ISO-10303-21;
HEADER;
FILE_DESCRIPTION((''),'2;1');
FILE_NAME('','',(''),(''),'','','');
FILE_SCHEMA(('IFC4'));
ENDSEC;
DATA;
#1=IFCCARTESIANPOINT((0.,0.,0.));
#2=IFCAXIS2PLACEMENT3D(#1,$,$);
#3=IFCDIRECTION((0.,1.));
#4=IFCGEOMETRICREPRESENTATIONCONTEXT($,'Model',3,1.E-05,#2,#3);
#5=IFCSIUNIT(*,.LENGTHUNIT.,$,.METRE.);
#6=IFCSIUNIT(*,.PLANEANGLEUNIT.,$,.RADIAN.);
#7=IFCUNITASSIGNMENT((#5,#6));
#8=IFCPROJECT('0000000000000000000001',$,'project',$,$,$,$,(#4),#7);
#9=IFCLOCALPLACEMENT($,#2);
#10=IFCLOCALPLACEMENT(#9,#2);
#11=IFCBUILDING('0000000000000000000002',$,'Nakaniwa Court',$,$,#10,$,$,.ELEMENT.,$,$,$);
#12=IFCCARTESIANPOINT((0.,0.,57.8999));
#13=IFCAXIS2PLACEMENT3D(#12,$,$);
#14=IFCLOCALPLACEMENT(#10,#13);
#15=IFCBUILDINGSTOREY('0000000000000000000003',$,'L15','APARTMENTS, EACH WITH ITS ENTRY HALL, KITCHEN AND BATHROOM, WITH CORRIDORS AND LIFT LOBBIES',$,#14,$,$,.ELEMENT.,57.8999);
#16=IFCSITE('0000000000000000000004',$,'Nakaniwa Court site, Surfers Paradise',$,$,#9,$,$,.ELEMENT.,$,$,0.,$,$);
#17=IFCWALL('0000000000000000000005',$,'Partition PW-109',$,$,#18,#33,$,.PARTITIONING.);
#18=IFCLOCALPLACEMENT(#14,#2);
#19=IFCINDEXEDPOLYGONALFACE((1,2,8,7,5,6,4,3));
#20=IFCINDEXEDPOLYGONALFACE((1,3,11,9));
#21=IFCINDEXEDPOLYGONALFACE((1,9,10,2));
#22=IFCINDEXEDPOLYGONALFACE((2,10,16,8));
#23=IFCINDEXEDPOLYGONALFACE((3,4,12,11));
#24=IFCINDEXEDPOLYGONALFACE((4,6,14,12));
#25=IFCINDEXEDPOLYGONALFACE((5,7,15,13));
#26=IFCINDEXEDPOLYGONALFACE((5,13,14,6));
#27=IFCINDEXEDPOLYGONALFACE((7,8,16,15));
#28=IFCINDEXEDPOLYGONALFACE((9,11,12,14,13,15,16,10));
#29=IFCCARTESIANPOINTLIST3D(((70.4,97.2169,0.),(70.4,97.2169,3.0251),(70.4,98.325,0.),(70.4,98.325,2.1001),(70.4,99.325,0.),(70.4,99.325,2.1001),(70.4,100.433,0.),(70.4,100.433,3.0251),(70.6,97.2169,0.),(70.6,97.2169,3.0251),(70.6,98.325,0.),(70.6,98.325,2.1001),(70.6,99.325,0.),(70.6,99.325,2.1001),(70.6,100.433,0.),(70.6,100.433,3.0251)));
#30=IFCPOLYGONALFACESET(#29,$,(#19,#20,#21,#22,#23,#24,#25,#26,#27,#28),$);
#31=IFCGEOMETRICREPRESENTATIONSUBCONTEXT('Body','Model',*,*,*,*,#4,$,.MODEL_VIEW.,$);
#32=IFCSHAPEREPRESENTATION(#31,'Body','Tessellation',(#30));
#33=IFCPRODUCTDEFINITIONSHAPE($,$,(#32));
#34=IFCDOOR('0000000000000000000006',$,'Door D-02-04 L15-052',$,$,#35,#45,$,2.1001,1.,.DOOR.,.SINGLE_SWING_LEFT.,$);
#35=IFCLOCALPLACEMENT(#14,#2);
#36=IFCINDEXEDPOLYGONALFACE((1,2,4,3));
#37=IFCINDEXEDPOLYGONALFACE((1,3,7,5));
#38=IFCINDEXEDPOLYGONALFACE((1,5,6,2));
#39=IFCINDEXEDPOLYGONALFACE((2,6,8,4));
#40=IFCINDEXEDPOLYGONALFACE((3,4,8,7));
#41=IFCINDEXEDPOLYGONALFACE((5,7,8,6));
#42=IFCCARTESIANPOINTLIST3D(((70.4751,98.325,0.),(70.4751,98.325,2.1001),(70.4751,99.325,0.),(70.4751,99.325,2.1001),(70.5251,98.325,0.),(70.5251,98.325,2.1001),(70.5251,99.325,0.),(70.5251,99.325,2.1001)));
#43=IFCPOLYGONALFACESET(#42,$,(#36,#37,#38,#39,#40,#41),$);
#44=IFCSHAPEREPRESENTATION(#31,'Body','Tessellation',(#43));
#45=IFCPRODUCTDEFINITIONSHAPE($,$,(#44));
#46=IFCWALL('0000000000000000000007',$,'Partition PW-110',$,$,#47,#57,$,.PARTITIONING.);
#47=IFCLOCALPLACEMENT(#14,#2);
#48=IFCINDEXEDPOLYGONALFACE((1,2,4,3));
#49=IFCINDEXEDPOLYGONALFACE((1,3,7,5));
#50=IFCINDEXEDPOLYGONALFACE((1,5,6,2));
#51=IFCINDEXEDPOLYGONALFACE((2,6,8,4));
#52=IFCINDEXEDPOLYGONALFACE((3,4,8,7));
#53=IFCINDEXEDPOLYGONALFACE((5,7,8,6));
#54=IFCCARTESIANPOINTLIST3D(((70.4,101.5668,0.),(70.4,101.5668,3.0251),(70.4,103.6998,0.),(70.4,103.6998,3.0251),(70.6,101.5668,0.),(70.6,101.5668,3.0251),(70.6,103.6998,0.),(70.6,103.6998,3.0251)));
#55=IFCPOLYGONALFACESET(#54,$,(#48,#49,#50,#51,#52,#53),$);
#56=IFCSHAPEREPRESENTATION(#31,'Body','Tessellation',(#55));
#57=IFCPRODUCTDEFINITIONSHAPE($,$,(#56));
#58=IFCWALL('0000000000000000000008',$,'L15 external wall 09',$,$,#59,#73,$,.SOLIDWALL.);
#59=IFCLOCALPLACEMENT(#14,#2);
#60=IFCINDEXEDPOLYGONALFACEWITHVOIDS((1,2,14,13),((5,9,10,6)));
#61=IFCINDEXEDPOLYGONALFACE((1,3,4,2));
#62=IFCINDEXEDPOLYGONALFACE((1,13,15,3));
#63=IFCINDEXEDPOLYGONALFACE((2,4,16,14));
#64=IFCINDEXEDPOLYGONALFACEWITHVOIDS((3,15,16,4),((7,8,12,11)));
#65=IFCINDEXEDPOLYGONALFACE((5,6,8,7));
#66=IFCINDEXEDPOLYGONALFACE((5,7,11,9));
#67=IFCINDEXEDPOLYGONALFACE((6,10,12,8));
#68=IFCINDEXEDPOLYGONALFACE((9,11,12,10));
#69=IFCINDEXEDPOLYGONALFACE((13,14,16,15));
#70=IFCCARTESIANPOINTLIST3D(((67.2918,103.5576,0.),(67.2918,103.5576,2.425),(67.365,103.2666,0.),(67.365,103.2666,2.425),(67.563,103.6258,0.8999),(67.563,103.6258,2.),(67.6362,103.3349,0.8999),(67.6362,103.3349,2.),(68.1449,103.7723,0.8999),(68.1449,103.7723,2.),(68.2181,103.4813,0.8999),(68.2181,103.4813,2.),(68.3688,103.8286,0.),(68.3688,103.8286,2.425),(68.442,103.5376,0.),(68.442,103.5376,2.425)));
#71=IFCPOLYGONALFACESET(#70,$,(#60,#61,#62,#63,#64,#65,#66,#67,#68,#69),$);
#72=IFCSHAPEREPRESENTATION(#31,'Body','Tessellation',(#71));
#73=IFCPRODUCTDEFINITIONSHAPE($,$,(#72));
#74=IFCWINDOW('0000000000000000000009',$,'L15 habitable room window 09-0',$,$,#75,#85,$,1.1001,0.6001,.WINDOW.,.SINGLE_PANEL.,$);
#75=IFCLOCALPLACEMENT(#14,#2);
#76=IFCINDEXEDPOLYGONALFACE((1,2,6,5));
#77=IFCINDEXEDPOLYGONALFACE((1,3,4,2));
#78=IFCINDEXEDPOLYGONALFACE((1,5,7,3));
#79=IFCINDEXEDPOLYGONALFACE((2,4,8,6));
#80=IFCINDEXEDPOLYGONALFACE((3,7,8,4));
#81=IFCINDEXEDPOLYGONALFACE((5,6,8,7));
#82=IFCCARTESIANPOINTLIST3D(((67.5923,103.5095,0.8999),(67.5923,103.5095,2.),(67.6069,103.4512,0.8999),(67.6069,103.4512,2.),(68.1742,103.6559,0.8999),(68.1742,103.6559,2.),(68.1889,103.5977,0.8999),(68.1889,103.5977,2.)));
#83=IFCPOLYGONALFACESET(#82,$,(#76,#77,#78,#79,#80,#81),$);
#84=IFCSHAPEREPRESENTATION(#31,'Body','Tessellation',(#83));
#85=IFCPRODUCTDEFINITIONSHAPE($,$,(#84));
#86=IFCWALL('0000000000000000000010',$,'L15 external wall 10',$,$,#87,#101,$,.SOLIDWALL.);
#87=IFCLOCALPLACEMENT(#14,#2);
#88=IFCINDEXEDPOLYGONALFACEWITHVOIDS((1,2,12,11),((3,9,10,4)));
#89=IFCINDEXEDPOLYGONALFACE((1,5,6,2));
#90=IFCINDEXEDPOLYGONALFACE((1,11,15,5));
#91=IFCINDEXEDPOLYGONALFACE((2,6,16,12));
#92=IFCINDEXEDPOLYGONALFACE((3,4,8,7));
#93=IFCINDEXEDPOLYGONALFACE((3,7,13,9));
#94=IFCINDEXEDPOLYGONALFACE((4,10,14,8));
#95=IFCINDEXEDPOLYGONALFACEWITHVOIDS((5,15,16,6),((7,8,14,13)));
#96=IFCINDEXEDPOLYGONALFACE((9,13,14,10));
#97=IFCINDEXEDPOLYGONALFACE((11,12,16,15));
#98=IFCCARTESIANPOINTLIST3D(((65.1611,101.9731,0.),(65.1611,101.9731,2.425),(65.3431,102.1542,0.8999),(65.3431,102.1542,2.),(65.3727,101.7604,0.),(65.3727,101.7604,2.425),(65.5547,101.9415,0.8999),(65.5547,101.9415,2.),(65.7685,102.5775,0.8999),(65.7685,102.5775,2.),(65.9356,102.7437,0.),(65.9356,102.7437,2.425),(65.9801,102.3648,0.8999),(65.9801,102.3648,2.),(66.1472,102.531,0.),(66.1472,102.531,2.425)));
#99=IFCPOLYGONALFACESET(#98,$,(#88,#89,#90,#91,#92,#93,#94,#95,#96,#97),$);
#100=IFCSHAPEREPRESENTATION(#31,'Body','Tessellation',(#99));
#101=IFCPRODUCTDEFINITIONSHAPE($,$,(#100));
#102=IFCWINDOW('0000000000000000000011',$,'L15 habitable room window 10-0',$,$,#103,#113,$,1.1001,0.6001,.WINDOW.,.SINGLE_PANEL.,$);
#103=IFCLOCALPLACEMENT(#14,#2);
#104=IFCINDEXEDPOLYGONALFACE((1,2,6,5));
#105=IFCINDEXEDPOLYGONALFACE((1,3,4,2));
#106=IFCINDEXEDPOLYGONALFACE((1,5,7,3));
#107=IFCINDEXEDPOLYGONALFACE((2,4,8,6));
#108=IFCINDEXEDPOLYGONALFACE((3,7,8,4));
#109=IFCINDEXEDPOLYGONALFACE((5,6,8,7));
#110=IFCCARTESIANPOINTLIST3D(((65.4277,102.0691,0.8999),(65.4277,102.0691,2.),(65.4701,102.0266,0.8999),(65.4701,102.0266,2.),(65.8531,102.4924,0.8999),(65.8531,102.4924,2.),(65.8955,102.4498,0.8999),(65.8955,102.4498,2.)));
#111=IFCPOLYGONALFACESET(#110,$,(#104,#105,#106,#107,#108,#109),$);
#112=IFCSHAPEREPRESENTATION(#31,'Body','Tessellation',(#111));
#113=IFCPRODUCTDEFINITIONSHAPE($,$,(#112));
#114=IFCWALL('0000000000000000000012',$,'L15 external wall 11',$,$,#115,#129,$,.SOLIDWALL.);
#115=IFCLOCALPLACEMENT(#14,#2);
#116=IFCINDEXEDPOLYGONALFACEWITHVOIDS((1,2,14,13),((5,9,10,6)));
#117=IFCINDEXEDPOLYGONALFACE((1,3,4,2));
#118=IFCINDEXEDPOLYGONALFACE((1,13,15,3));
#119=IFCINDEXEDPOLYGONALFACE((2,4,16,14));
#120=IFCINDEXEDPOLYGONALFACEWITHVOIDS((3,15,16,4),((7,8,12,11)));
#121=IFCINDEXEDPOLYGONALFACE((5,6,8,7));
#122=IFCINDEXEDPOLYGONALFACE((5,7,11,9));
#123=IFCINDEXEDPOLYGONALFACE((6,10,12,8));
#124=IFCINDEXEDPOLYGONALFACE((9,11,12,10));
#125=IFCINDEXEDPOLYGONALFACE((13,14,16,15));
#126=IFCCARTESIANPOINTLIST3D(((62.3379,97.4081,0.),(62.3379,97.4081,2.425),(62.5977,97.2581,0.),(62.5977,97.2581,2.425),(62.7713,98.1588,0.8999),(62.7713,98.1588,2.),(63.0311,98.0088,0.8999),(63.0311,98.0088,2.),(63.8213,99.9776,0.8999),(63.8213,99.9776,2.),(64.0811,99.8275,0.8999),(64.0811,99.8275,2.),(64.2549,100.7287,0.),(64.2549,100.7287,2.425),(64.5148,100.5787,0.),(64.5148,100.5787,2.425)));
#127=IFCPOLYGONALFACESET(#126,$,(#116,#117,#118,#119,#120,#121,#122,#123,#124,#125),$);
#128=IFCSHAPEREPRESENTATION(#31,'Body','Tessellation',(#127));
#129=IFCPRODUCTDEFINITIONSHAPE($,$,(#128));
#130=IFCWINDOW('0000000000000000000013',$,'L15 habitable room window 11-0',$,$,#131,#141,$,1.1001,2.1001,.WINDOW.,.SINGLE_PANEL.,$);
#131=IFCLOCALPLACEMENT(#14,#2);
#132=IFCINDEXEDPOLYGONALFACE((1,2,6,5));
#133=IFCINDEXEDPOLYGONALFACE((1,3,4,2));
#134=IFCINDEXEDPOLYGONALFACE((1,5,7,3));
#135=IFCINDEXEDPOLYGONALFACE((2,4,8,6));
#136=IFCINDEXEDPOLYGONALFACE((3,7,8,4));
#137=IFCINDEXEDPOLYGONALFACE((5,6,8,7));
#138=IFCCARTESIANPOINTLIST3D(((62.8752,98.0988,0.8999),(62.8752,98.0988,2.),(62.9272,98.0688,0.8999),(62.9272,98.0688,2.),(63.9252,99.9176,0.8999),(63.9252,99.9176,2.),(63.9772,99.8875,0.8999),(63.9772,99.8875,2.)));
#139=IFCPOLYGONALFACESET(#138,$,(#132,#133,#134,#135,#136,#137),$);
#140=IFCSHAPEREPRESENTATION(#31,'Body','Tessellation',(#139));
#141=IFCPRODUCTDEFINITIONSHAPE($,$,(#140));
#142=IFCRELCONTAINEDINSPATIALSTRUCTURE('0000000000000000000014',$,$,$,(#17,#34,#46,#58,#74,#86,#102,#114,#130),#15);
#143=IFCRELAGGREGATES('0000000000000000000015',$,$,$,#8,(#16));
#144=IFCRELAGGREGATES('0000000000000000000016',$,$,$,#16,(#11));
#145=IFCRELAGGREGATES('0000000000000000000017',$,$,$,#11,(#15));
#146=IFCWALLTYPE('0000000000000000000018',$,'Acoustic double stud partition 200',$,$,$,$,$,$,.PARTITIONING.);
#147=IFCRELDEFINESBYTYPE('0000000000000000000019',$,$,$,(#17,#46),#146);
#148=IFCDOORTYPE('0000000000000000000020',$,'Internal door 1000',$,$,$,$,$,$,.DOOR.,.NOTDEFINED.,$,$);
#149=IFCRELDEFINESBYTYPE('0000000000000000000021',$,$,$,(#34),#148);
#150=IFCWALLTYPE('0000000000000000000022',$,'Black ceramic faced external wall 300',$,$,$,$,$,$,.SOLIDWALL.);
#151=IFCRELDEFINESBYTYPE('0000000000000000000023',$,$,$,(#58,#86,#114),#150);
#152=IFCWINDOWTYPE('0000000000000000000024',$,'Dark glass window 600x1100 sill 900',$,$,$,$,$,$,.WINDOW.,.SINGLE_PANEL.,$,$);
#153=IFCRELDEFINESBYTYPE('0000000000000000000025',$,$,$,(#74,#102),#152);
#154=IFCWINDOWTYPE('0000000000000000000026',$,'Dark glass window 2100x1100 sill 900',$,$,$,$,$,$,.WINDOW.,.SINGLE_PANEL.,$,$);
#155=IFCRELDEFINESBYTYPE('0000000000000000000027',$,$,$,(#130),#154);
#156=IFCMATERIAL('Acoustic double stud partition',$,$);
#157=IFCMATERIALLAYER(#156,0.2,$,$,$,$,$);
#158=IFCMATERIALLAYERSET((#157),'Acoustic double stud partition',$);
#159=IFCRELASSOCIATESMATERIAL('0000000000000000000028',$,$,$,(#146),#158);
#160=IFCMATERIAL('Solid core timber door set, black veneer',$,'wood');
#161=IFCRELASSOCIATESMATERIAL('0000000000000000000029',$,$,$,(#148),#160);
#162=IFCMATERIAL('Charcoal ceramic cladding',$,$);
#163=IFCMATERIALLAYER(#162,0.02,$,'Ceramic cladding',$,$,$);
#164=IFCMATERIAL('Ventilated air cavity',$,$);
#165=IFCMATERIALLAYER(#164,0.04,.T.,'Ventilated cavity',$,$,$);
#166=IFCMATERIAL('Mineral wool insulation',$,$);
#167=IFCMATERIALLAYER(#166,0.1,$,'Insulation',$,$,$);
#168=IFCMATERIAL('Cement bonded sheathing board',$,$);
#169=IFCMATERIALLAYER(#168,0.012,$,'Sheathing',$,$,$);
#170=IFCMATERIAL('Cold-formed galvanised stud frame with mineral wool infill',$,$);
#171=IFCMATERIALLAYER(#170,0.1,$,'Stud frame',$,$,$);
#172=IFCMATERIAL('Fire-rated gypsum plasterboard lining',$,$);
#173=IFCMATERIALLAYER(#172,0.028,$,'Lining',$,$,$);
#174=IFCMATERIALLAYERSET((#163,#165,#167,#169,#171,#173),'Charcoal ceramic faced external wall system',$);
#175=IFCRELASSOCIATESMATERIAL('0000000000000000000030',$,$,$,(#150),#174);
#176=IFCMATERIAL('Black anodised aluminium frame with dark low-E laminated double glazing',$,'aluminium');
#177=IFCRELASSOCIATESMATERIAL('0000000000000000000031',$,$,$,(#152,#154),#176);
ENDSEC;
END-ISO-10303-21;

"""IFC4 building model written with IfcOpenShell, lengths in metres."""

from ifc_helpers import new_model, si_unit, direction, frame, frame_2d, origin, place, context, subcontext, project, spatial, rectangle, extrude, material, layer, layer_set, type_object, element, fill, save


model = new_model("IFC4")

# Units and contexts
model_context = context("Model", 3, precision=1e-05, world=origin(), true_north=direction((0.0, 1.0)))
body_context = subcontext(model_context, "Body", "Model", "MODEL_VIEW")
ifc_project = project(units=[si_unit("LENGTHUNIT", "METRE"), si_unit("PLANEANGLEUNIT", "RADIAN")], contexts=[model_context])

# Site, building, storey
site_placement = place(None, origin())
site = spatial("IfcSite", under=ifc_project, at=site_placement, Name="Nakaniwa Court site, Surfers Paradise", CompositionType="ELEMENT", RefElevation=0.0)
building_placement = place(site_placement, origin())
building = spatial("IfcBuilding", under=site, at=building_placement, Name="Nakaniwa Court", CompositionType="ELEMENT")
storey_placement = place(building_placement, frame((0.0, 0.0, 57.8999)))
storey = spatial("IfcBuildingStorey", under=building, at=storey_placement, Name="L15", Description="APARTMENTS, EACH WITH ITS ENTRY HALL, KITCHEN AND BATHROOM, WITH CORRIDORS AND LIFT LOBBIES", CompositionType="ELEMENT", Elevation=57.8999)

# Shared definitions
ifc_material_1 = material(Name="Acoustic double stud partition")
ifc_layer_1 = layer(ifc_material_1, 0.2)
ifc_layer_set_1 = layer_set([ifc_layer_1], Name="Acoustic double stud partition")
wall_type_1 = type_object("IfcWallType", Name="Acoustic double stud partition 200", PredefinedType="PARTITIONING", material=ifc_layer_set_1)

# Wall, opening, door
wall_1_placement = place(storey_placement, frame((70.5, 97.217, 0.0), z_axis=(0.0, 0.0, 1.0), x_axis=(0.0, 1.0, 0.0)))
wall_1 = element("IfcWall", 1, at=wall_1_placement, inside=storey, type_object=wall_type_1, Name="Partition PW-109", PredefinedType="PARTITIONING", context=body_context, shape_type="SweptSolid", body=[
    extrude(rectangle(XDim=3.2161, YDim=0.2, at=frame_2d((1.6079, 0.0))), origin(), (0.0, 0.0, 1.0), 3.0251),
])
opening_1_placement = place(wall_1_placement, frame((1.1079, 0.0, 0.0)))
opening_1 = element("IfcOpeningElement", 2, at=opening_1_placement, cuts=wall_1, PredefinedType="OPENING", context=body_context, shape_type="SweptSolid", body=[
    extrude(rectangle(XDim=1.0, YDim=2.1001, at=frame_2d((0.5, 1.05))), frame((0.0, 0.1099, 0.0), z_axis=(0.0, -1.0, 0.0), x_axis=(1.0, 0.0, 0.0)), (0.0, 0.0, 1.0), 0.22),
])
ifc_material_2 = material(Name="Solid core timber door set, black veneer", Category="wood")
door_type = type_object("IfcDoorType", Name="Internal door 1000", OperationType="NOTDEFINED", PredefinedType="DOOR", material=ifc_material_2)
door_placement = place(opening_1_placement, origin())
door = element("IfcDoor", 3, at=door_placement, inside=storey, type_object=door_type, Name="Door D-02-04 L15-052", OperationType="SINGLE_SWING_LEFT", OverallHeight=2.1001, OverallWidth=1.0, PredefinedType="DOOR", context=body_context, shape_type="SweptSolid", body=[
    extrude(rectangle(XDim=1.0, YDim=2.1001, at=frame_2d((0.5, 1.05))), frame((0.0, 0.0249, 0.0), z_axis=(0.0, -1.0, 0.0), x_axis=(1.0, 0.0, 0.0)), (0.0, 0.0, 1.0), 0.05),
])
fill(opening_1, door)

# Wall
wall_2_placement = place(storey_placement, frame((70.5, 101.5669, 0.0), z_axis=(0.0, 0.0, 1.0), x_axis=(0.0, 1.0, 0.0)))
element("IfcWall", 4, at=wall_2_placement, inside=storey, type_object=wall_type_1, Name="Partition PW-110", PredefinedType="PARTITIONING", context=body_context, shape_type="SweptSolid", body=[
    extrude(rectangle(XDim=2.1331, YDim=0.2, at=frame_2d((1.0664, 0.0))), origin(), (0.0, 0.0, 1.0), 3.0251),
])

# Walls, openings, windows
ifc_material_3 = material(Name="Charcoal ceramic cladding")
ifc_layer_2 = layer(ifc_material_3, 0.02, Name="Ceramic cladding")
ifc_material_4 = material(Name="Ventilated air cavity")
ifc_layer_3 = layer(ifc_material_4, 0.04, ventilated=True, Name="Ventilated cavity")
ifc_material_5 = material(Name="Mineral wool insulation")
ifc_layer_4 = layer(ifc_material_5, 0.1, Name="Insulation")
ifc_material_6 = material(Name="Cement bonded sheathing board")
ifc_layer_5 = layer(ifc_material_6, 0.012, Name="Sheathing")
ifc_material_7 = material(Name="Cold-formed galvanised stud frame with mineral wool infill")
ifc_layer_6 = layer(ifc_material_7, 0.1, Name="Stud frame")
ifc_material_8 = material(Name="Fire-rated gypsum plasterboard lining")
ifc_layer_7 = layer(ifc_material_8, 0.028, Name="Lining")
ifc_layer_set_2 = layer_set([ifc_layer_2, ifc_layer_3, ifc_layer_4, ifc_layer_5, ifc_layer_6, ifc_layer_7], Name="Charcoal ceramic faced external wall system")
wall_type_2 = type_object("IfcWallType", Name="Black ceramic faced external wall 300", PredefinedType="SOLIDWALL", material=ifc_layer_set_2)
wall_3_placement = place(storey_placement, frame((68.4053, 103.6831, 0.0), z_axis=(0.0, 0.0, 1.0), x_axis=(-0.969766, -0.244036, 0.0)))
wall_3 = element("IfcWall", 5, at=wall_3_placement, inside=storey, type_object=wall_type_2, Name="L15 external wall 09", PredefinedType="SOLIDWALL", context=body_context, shape_type="SweptSolid", body=[
    extrude(rectangle(XDim=1.1106, YDim=0.3, at=frame_2d((0.5552, 0.0))), origin(), (0.0, 0.0, 1.0), 2.425),
])
opening_2_placement = place(wall_3_placement, frame((0.2307, 0.0, 0.8999)))
opening_2 = element("IfcOpeningElement", 6, at=opening_2_placement, cuts=wall_3, PredefinedType="OPENING", context=body_context, shape_type="SweptSolid", body=[
    extrude(rectangle(XDim=0.6001, YDim=1.1001, at=frame_2d((0.3, 0.55))), frame((0.0, 0.1599, 0.0), z_axis=(0.0, -1.0, 0.0), x_axis=(1.0, 0.0, 0.0)), (0.0, 0.0, 1.0), 0.3201),
])
ifc_material_9 = material(Name="Black anodised aluminium frame with dark low-E laminated double glazing", Category="aluminium")
window_type_1 = type_object("IfcWindowType", Name="Dark glass window 600x1100 sill 900", PartitioningType="SINGLE_PANEL", PredefinedType="WINDOW", material=ifc_material_9)
window_1_placement = place(opening_2_placement, origin())
window_1 = element("IfcWindow", 7, at=window_1_placement, inside=storey, type_object=window_type_1, Name="L15 habitable room window 09-0", OverallHeight=1.1001, OverallWidth=0.6001, PartitioningType="SINGLE_PANEL", PredefinedType="WINDOW", context=body_context, shape_type="SweptSolid", body=[
    extrude(rectangle(XDim=0.6001, YDim=1.1001, at=frame_2d((0.3, 0.55))), frame((0.0, 0.03, 0.0), z_axis=(0.0, -1.0, 0.0), x_axis=(1.0, 0.0, 0.0)), (0.0, 0.0, 1.0), 0.0601),
])
fill(opening_2, window_1)
wall_4_placement = place(storey_placement, frame((66.0415, 102.6375, 0.0), z_axis=(0.0, 0.0, 1.0), x_axis=(-0.708892, -0.705317, 0.0)))
wall_4 = element("IfcWall", 8, at=wall_4_placement, inside=storey, type_object=wall_type_2, Name="L15 external wall 10", PredefinedType="SOLIDWALL", context=body_context, shape_type="SweptSolid", body=[
    extrude(rectangle(XDim=1.0925, YDim=0.3, at=frame_2d((0.5464, 0.0))), origin(), (0.0, 0.0, 1.0), 2.425),
])
opening_3_placement = place(wall_4_placement, frame((0.2358, 0.0, 0.8999)))
opening_3 = element("IfcOpeningElement", 9, at=opening_3_placement, cuts=wall_4, PredefinedType="OPENING", context=body_context, shape_type="SweptSolid", body=[
    extrude(rectangle(XDim=0.6001, YDim=1.1001, at=frame_2d((0.3, 0.55))), frame((0.0, 0.1599, 0.0), z_axis=(0.0, -1.0, 0.0), x_axis=(1.0, 0.0, 0.0)), (0.0, 0.0, 1.0), 0.3201),
])
window_2_placement = place(opening_3_placement, origin())
window_2 = element("IfcWindow", 10, at=window_2_placement, inside=storey, type_object=window_type_1, Name="L15 habitable room window 10-0", OverallHeight=1.1001, OverallWidth=0.6001, PartitioningType="SINGLE_PANEL", PredefinedType="WINDOW", context=body_context, shape_type="SweptSolid", body=[
    extrude(rectangle(XDim=0.6001, YDim=1.1001, at=frame_2d((0.3, 0.55))), frame((0.0, 0.03, 0.0), z_axis=(0.0, -1.0, 0.0), x_axis=(1.0, 0.0, 0.0)), (0.0, 0.0, 1.0), 0.0601),
])
fill(opening_3, window_2)
wall_5_placement = place(storey_placement, frame((64.3848, 100.6536, 0.0), z_axis=(0.0, 0.0, 1.0), x_axis=(-0.499974, -0.86604, 0.0)))
wall_5 = element("IfcWall", 11, at=wall_5_placement, inside=storey, type_object=wall_type_2, Name="L15 external wall 11", PredefinedType="SOLIDWALL", context=body_context, shape_type="SweptSolid", body=[
    extrude(rectangle(XDim=3.8342, YDim=0.3, at=frame_2d((1.917, 0.0))), origin(), (0.0, 0.0, 1.0), 2.425),
])
opening_4_placement = place(wall_5_placement, frame((0.8672, 0.0, 0.8999)))
opening_4 = element("IfcOpeningElement", 12, at=opening_4_placement, cuts=wall_5, PredefinedType="OPENING", context=body_context, shape_type="SweptSolid", body=[
    extrude(rectangle(XDim=2.1001, YDim=1.1001, at=frame_2d((1.05, 0.55))), frame((0.0, 0.1599, 0.0), z_axis=(0.0, -1.0, 0.0), x_axis=(1.0, 0.0, 0.0)), (0.0, 0.0, 1.0), 0.3201),
])
window_type_2 = type_object("IfcWindowType", Name="Dark glass window 2100x1100 sill 900", PartitioningType="SINGLE_PANEL", PredefinedType="WINDOW", material=ifc_material_9)
window_3_placement = place(opening_4_placement, origin())
window_3 = element("IfcWindow", 13, at=window_3_placement, inside=storey, type_object=window_type_2, Name="L15 habitable room window 11-0", OverallHeight=1.1001, OverallWidth=2.1001, PartitioningType="SINGLE_PANEL", PredefinedType="WINDOW", context=body_context, shape_type="SweptSolid", body=[
    extrude(rectangle(XDim=2.1001, YDim=1.1001, at=frame_2d((1.05, 0.55))), frame((0.0, 0.03, 0.0), z_axis=(0.0, -1.0, 0.0), x_axis=(1.0, 0.0, 0.0)), (0.0, 0.0, 1.0), 0.0601),
])
fill(opening_4, window_3)

save(model, "model.ifc")
